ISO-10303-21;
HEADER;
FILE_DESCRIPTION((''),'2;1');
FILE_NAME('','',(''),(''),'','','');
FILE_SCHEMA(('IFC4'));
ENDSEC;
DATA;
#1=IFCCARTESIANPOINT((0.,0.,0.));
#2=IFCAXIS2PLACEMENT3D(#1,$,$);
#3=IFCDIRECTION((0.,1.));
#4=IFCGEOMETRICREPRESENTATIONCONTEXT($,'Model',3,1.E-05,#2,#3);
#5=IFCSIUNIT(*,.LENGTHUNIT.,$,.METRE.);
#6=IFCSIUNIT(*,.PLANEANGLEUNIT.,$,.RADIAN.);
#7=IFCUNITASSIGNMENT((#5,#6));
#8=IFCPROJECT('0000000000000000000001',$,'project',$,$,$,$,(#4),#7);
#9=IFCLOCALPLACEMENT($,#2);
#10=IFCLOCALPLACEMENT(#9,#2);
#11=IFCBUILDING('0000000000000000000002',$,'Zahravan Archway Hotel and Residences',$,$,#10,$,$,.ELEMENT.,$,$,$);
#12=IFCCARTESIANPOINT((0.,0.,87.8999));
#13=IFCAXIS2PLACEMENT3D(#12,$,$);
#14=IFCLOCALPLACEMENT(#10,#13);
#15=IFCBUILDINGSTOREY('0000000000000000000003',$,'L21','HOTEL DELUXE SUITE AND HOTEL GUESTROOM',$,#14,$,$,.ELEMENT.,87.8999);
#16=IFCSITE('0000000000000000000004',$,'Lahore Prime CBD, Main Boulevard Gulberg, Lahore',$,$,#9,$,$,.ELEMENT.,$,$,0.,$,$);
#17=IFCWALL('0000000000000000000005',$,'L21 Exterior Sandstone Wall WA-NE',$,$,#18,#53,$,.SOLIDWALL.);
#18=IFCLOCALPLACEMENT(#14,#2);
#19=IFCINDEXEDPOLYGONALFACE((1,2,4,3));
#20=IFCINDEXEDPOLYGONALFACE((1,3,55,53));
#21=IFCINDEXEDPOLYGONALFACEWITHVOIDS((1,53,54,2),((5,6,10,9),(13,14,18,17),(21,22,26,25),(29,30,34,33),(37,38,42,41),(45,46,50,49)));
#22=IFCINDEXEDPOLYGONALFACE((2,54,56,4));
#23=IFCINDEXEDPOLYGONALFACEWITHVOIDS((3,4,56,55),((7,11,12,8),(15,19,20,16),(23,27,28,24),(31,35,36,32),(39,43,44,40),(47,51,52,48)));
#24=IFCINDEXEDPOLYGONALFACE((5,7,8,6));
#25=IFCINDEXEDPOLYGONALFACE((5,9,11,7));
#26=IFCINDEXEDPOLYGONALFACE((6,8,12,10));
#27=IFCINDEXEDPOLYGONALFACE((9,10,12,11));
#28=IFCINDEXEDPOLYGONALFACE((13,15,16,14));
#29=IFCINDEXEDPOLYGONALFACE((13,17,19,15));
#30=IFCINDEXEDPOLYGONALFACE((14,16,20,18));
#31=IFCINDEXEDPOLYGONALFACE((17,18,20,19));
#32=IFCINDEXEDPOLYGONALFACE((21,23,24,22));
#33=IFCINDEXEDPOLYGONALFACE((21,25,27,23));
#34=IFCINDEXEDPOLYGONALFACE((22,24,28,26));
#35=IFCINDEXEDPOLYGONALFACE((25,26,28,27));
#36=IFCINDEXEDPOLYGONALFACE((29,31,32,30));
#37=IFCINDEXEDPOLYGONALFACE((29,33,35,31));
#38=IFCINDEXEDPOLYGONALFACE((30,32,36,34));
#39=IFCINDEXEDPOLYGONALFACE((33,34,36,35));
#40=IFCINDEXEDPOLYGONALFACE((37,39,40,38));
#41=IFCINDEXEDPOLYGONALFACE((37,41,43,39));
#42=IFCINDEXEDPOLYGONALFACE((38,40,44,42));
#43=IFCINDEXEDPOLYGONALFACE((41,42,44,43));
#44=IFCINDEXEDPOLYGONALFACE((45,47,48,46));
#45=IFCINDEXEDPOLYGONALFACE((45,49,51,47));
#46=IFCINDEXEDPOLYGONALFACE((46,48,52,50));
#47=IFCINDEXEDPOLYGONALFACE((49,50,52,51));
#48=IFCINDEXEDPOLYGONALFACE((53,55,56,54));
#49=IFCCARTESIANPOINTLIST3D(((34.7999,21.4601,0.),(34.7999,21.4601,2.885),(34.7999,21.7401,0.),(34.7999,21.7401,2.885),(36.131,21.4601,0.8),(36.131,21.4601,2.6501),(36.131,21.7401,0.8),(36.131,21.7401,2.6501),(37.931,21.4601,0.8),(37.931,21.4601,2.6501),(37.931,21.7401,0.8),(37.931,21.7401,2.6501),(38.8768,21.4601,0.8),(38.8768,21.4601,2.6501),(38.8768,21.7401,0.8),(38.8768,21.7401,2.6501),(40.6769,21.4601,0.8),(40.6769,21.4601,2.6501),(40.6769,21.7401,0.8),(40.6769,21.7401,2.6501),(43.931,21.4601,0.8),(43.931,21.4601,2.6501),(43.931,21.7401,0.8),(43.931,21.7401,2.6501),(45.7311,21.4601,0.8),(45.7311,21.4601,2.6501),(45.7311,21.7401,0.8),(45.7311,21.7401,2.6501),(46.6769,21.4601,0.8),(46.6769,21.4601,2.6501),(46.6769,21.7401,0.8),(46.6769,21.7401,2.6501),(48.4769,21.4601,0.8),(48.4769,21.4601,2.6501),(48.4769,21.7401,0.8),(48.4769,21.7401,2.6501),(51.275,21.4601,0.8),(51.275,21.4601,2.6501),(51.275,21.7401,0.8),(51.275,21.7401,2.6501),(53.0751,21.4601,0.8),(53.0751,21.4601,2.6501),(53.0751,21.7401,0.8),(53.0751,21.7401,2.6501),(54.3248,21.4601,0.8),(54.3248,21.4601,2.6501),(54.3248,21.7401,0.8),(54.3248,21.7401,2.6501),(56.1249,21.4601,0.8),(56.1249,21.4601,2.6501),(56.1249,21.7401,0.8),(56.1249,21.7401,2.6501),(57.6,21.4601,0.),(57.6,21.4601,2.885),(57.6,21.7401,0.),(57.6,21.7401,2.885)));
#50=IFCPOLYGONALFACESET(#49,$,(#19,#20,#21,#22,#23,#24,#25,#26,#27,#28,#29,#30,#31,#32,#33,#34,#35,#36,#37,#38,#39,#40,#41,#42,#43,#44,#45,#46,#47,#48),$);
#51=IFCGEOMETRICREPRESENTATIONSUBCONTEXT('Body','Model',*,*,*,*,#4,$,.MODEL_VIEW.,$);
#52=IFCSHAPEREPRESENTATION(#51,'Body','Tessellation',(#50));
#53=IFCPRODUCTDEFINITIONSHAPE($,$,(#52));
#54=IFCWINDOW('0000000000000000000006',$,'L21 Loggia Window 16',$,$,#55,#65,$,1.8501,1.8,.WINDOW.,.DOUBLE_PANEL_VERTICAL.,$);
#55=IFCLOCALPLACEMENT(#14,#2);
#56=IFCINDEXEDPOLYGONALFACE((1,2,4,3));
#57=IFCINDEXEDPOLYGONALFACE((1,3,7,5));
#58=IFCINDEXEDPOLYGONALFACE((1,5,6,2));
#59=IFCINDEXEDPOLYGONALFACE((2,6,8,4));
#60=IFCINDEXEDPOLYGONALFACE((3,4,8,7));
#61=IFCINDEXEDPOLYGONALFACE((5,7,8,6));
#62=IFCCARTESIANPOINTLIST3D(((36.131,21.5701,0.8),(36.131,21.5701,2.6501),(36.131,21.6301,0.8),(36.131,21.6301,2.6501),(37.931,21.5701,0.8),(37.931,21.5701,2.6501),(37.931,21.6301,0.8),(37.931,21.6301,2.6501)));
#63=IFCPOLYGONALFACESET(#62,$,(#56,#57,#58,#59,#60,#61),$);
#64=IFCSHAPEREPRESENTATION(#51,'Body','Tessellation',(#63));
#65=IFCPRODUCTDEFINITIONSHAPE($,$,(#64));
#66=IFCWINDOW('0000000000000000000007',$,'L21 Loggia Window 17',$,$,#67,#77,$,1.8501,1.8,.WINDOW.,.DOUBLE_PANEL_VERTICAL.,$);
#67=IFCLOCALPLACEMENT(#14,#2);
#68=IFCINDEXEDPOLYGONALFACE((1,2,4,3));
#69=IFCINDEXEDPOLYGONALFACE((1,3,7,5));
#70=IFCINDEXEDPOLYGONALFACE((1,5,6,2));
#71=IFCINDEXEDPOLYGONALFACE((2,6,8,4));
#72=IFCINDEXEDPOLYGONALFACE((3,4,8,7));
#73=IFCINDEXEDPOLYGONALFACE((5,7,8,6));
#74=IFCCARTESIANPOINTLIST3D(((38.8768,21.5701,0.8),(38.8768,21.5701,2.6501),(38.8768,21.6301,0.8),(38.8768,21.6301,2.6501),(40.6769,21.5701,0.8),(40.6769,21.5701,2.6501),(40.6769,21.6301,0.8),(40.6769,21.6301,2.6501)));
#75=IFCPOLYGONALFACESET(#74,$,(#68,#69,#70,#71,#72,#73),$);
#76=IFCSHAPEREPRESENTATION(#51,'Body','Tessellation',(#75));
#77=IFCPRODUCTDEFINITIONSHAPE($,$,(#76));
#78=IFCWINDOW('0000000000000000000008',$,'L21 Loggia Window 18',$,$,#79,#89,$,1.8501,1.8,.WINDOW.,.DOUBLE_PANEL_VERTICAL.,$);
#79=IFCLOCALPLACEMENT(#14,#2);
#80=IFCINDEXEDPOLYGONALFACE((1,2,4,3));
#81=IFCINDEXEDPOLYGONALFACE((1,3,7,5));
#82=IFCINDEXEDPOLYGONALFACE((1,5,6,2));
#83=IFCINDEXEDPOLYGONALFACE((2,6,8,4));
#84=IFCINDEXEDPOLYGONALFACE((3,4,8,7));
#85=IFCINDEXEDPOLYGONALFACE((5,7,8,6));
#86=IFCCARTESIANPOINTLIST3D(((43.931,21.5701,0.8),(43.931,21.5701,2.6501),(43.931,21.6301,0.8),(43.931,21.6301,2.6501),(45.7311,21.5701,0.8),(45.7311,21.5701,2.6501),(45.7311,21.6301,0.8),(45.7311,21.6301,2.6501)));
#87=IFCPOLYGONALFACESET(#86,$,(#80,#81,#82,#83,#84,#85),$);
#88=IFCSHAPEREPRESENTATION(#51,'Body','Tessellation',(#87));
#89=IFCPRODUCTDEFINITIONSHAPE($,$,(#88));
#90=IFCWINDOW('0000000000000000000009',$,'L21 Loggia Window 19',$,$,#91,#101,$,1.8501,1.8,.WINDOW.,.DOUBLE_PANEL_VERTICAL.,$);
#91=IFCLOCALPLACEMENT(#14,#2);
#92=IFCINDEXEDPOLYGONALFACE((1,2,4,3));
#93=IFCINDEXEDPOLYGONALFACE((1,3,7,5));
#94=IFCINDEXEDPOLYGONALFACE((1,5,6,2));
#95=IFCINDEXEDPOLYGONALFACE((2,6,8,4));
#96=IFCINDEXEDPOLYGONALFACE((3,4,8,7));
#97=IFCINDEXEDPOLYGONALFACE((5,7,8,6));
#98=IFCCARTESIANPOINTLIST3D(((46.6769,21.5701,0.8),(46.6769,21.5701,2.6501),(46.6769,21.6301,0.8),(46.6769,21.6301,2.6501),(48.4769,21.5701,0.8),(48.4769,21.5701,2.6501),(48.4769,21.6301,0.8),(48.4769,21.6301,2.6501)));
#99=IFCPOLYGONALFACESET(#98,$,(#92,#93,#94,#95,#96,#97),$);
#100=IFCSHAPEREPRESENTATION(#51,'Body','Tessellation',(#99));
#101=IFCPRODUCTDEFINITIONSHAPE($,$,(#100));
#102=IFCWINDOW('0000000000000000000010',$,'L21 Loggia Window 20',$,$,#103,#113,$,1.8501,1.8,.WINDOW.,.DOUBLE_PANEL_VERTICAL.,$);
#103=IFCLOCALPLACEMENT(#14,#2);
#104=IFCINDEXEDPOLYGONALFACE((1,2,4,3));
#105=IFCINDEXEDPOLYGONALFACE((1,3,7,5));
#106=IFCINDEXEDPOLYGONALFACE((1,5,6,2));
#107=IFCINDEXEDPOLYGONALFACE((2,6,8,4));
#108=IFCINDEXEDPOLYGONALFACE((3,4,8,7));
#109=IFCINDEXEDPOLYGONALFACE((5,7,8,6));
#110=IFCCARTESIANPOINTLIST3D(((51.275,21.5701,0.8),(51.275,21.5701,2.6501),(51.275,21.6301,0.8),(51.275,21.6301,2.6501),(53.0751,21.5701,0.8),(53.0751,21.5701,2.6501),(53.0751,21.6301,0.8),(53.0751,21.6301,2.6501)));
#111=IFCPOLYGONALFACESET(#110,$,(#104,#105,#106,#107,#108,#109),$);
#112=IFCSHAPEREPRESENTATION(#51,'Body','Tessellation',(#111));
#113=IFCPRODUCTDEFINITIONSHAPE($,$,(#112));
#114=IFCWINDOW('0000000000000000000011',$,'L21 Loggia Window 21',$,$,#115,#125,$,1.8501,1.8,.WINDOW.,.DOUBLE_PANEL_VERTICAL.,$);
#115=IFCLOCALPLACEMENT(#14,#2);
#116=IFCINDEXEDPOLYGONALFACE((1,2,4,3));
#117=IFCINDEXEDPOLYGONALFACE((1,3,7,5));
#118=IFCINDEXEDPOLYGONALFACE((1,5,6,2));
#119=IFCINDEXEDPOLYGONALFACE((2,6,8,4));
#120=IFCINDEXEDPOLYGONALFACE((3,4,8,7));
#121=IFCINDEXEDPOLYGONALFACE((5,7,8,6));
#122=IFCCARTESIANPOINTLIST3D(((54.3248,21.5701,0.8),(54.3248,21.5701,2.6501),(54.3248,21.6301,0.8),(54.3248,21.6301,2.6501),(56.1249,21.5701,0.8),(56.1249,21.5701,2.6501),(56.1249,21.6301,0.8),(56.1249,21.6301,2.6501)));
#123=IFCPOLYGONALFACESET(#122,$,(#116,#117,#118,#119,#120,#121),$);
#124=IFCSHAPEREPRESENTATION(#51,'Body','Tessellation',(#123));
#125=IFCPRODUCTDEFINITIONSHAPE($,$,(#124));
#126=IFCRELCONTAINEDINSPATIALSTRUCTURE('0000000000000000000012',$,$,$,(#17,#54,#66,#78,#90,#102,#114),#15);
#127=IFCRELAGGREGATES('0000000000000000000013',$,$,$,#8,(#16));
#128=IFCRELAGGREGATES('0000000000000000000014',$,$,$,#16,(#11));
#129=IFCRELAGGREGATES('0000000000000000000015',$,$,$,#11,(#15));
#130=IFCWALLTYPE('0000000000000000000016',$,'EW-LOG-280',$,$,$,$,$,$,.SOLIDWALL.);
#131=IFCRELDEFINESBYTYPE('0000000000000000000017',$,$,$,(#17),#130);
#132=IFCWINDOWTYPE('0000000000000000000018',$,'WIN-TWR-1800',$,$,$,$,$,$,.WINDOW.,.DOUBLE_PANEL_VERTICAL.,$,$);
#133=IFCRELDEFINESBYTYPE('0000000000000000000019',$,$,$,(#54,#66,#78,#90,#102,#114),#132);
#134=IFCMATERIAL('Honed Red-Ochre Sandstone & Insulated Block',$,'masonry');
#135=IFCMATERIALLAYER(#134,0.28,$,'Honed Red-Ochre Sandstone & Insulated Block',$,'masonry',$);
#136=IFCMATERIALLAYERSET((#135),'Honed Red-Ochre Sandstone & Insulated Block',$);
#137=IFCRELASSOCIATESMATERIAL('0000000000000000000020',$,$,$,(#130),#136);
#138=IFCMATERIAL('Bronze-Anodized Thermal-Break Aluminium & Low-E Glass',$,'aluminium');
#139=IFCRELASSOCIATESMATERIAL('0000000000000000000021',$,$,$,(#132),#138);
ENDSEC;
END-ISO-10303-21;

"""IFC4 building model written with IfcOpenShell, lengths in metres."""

from ifc_helpers import new_model, si_unit, direction, frame, frame_2d, origin, place, context, subcontext, project, spatial, rectangle, extrude, source, transform, mapped, material, layer, layer_set, type_object, type_shapes, element, fill, save


model = new_model("IFC4")

# Units and contexts
model_context = context("Model", 3, precision=1e-05, world=origin(), true_north=direction((0.0, 1.0)))
body_context = subcontext(model_context, "Body", "Model", "MODEL_VIEW")
ifc_project = project(units=[si_unit("LENGTHUNIT", "METRE"), si_unit("PLANEANGLEUNIT", "RADIAN")], contexts=[model_context])

# Site, building, storey
site_placement = place(None, origin())
site = spatial("IfcSite", under=ifc_project, at=site_placement, Name="Lahore Prime CBD, Main Boulevard Gulberg, Lahore", CompositionType="ELEMENT", RefElevation=0.0)
building_placement = place(site_placement, origin())
building = spatial("IfcBuilding", under=site, at=building_placement, Name="Zahravan Archway Hotel and Residences", CompositionType="ELEMENT")
storey_placement = place(building_placement, frame((0.0, 0.0, 87.8999)))
storey = spatial("IfcBuildingStorey", under=building, at=storey_placement, Name="L21", Description="HOTEL DELUXE SUITE AND HOTEL GUESTROOM", CompositionType="ELEMENT", Elevation=87.8999)

# Wall, openings, windows
ifc_material_1 = material(Name="Honed Red-Ochre Sandstone & Insulated Block", Category="masonry")
ifc_layer_1 = layer(ifc_material_1, 0.28, Name="Honed Red-Ochre Sandstone & Insulated Block", Category="masonry")
ifc_layer_set_1 = layer_set([ifc_layer_1], Name="Honed Red-Ochre Sandstone & Insulated Block")
wall_type = type_object("IfcWallType", Name="EW-LOG-280", PredefinedType="SOLIDWALL", material=ifc_layer_set_1)
wall_placement = place(storey_placement, frame((34.8, 21.6001, 0.0), z_axis=(0.0, 0.0, 1.0), x_axis=(1.0, 0.0, 0.0)))
wall = element("IfcWall", 1, at=wall_placement, inside=storey, type_object=wall_type, Name="L21 Exterior Sandstone Wall WA-NE", PredefinedType="SOLIDWALL", context=body_context, shape_type="SweptSolid", body=[
    extrude(rectangle(XDim=22.8, YDim=0.28, at=frame_2d((11.3999, 0.0))), origin(), (0.0, 0.0, 1.0), 2.885),
])
opening_1_placement = place(wall_placement, frame((1.3311, 0.0, 0.8)))
opening_1 = element("IfcOpeningElement", 2, at=opening_1_placement, cuts=wall, PredefinedType="OPENING", context=body_context, shape_type="SweptSolid", body=[
    extrude(rectangle(XDim=1.8, YDim=1.8501, at=frame_2d((0.8999, 0.925))), frame((0.0, 0.1499, 0.0), z_axis=(0.0, -1.0, 0.0), x_axis=(1.0, 0.0, 0.0)), (0.0, 0.0, 1.0), 0.3),
])
opening_2_placement = place(wall_placement, frame((4.0769, 0.0, 0.8)))
opening_2 = element("IfcOpeningElement", 3, at=opening_2_placement, cuts=wall, PredefinedType="OPENING", context=body_context, shape_type="SweptSolid", body=[
    extrude(rectangle(XDim=1.8, YDim=1.8501, at=frame_2d((0.8999, 0.925))), frame((0.0, 0.1499, 0.0), z_axis=(0.0, -1.0, 0.0), x_axis=(1.0, 0.0, 0.0)), (0.0, 0.0, 1.0), 0.3),
])
opening_3_placement = place(wall_placement, frame((9.1311, 0.0, 0.8)))
opening_3 = element("IfcOpeningElement", 4, at=opening_3_placement, cuts=wall, PredefinedType="OPENING", context=body_context, shape_type="SweptSolid", body=[
    extrude(rectangle(XDim=1.8, YDim=1.8501, at=frame_2d((0.8999, 0.925))), frame((0.0, 0.1499, 0.0), z_axis=(0.0, -1.0, 0.0), x_axis=(1.0, 0.0, 0.0)), (0.0, 0.0, 1.0), 0.3),
])
opening_4_placement = place(wall_placement, frame((11.877, 0.0, 0.8)))
opening_4 = element("IfcOpeningElement", 5, at=opening_4_placement, cuts=wall, PredefinedType="OPENING", context=body_context, shape_type="SweptSolid", body=[
    extrude(rectangle(XDim=1.8, YDim=1.8501, at=frame_2d((0.8999, 0.925))), frame((0.0, 0.1499, 0.0), z_axis=(0.0, -1.0, 0.0), x_axis=(1.0, 0.0, 0.0)), (0.0, 0.0, 1.0), 0.3),
])
opening_5_placement = place(wall_placement, frame((16.4751, 0.0, 0.8)))
opening_5 = element("IfcOpeningElement", 6, at=opening_5_placement, cuts=wall, PredefinedType="OPENING", context=body_context, shape_type="SweptSolid", body=[
    extrude(rectangle(XDim=1.8, YDim=1.8501, at=frame_2d((0.8999, 0.925))), frame((0.0, 0.1499, 0.0), z_axis=(0.0, -1.0, 0.0), x_axis=(1.0, 0.0, 0.0)), (0.0, 0.0, 1.0), 0.3),
])
opening_6_placement = place(wall_placement, frame((19.5249, 0.0, 0.8)))
opening_6 = element("IfcOpeningElement", 7, at=opening_6_placement, cuts=wall, PredefinedType="OPENING", context=body_context, shape_type="SweptSolid", body=[
    extrude(rectangle(XDim=1.8, YDim=1.8501, at=frame_2d((0.8999, 0.925))), frame((0.0, 0.1499, 0.0), z_axis=(0.0, -1.0, 0.0), x_axis=(1.0, 0.0, 0.0)), (0.0, 0.0, 1.0), 0.3),
])
ifc_material_2 = material(Name="Bronze-Anodized Thermal-Break Aluminium & Low-E Glass", Category="aluminium")
window_type = type_object("IfcWindowType", Name="WIN-TWR-1800", PartitioningType="DOUBLE_PANEL_VERTICAL", PredefinedType="WINDOW", material=ifc_material_2)
shared_shape_1 = source(origin(), body_context, "Body", "SweptSolid", [
    extrude(rectangle(XDim=1.8, YDim=1.8501, at=frame_2d((0.8999, 0.925))), frame((0.0, 0.03, 0.0), z_axis=(0.0, -1.0, 0.0), x_axis=(1.0, 0.0, 0.0)), (0.0, 0.0, 1.0), 0.0601),
])
type_shapes(window_type, [shared_shape_1])
window_1_placement = place(opening_1_placement, origin())
window_1 = element("IfcWindow", 8, at=window_1_placement, inside=storey, type_object=window_type, Name="L21 Loggia Window 16", OverallHeight=1.8501, OverallWidth=1.8, PartitioningType="DOUBLE_PANEL_VERTICAL", PredefinedType="WINDOW", context=body_context, shape_type="MappedRepresentation", body=[
    mapped(shared_shape_1, transform((0.0, 0.0, 0.0), scale=1.0)),
])
fill(opening_1, window_1)
window_2_placement = place(opening_2_placement, origin())
window_2 = element("IfcWindow", 9, at=window_2_placement, inside=storey, type_object=window_type, Name="L21 Loggia Window 17", OverallHeight=1.8501, OverallWidth=1.8, PartitioningType="DOUBLE_PANEL_VERTICAL", PredefinedType="WINDOW", context=body_context, shape_type="MappedRepresentation", body=[
    mapped(shared_shape_1, transform((0.0, 0.0, 0.0), scale=1.0)),
])
fill(opening_2, window_2)
window_3_placement = place(opening_3_placement, origin())
window_3 = element("IfcWindow", 10, at=window_3_placement, inside=storey, type_object=window_type, Name="L21 Loggia Window 18", OverallHeight=1.8501, OverallWidth=1.8, PartitioningType="DOUBLE_PANEL_VERTICAL", PredefinedType="WINDOW", context=body_context, shape_type="MappedRepresentation", body=[
    mapped(shared_shape_1, transform((0.0, 0.0, 0.0), scale=1.0)),
])
fill(opening_3, window_3)
window_4_placement = place(opening_4_placement, origin())
window_4 = element("IfcWindow", 11, at=window_4_placement, inside=storey, type_object=window_type, Name="L21 Loggia Window 19", OverallHeight=1.8501, OverallWidth=1.8, PartitioningType="DOUBLE_PANEL_VERTICAL", PredefinedType="WINDOW", context=body_context, shape_type="MappedRepresentation", body=[
    mapped(shared_shape_1, transform((0.0, 0.0, 0.0), scale=1.0)),
])
fill(opening_4, window_4)
window_5_placement = place(opening_5_placement, origin())
window_5 = element("IfcWindow", 12, at=window_5_placement, inside=storey, type_object=window_type, Name="L21 Loggia Window 20", OverallHeight=1.8501, OverallWidth=1.8, PartitioningType="DOUBLE_PANEL_VERTICAL", PredefinedType="WINDOW", context=body_context, shape_type="MappedRepresentation", body=[
    mapped(shared_shape_1, transform((0.0, 0.0, 0.0), scale=1.0)),
])
fill(opening_5, window_5)
window_6_placement = place(opening_6_placement, origin())
window_6 = element("IfcWindow", 13, at=window_6_placement, inside=storey, type_object=window_type, Name="L21 Loggia Window 21", OverallHeight=1.8501, OverallWidth=1.8, PartitioningType="DOUBLE_PANEL_VERTICAL", PredefinedType="WINDOW", context=body_context, shape_type="MappedRepresentation", body=[
    mapped(shared_shape_1, transform((0.0, 0.0, 0.0), scale=1.0)),
])
fill(opening_6, window_6)

save(model, "model.ifc")
